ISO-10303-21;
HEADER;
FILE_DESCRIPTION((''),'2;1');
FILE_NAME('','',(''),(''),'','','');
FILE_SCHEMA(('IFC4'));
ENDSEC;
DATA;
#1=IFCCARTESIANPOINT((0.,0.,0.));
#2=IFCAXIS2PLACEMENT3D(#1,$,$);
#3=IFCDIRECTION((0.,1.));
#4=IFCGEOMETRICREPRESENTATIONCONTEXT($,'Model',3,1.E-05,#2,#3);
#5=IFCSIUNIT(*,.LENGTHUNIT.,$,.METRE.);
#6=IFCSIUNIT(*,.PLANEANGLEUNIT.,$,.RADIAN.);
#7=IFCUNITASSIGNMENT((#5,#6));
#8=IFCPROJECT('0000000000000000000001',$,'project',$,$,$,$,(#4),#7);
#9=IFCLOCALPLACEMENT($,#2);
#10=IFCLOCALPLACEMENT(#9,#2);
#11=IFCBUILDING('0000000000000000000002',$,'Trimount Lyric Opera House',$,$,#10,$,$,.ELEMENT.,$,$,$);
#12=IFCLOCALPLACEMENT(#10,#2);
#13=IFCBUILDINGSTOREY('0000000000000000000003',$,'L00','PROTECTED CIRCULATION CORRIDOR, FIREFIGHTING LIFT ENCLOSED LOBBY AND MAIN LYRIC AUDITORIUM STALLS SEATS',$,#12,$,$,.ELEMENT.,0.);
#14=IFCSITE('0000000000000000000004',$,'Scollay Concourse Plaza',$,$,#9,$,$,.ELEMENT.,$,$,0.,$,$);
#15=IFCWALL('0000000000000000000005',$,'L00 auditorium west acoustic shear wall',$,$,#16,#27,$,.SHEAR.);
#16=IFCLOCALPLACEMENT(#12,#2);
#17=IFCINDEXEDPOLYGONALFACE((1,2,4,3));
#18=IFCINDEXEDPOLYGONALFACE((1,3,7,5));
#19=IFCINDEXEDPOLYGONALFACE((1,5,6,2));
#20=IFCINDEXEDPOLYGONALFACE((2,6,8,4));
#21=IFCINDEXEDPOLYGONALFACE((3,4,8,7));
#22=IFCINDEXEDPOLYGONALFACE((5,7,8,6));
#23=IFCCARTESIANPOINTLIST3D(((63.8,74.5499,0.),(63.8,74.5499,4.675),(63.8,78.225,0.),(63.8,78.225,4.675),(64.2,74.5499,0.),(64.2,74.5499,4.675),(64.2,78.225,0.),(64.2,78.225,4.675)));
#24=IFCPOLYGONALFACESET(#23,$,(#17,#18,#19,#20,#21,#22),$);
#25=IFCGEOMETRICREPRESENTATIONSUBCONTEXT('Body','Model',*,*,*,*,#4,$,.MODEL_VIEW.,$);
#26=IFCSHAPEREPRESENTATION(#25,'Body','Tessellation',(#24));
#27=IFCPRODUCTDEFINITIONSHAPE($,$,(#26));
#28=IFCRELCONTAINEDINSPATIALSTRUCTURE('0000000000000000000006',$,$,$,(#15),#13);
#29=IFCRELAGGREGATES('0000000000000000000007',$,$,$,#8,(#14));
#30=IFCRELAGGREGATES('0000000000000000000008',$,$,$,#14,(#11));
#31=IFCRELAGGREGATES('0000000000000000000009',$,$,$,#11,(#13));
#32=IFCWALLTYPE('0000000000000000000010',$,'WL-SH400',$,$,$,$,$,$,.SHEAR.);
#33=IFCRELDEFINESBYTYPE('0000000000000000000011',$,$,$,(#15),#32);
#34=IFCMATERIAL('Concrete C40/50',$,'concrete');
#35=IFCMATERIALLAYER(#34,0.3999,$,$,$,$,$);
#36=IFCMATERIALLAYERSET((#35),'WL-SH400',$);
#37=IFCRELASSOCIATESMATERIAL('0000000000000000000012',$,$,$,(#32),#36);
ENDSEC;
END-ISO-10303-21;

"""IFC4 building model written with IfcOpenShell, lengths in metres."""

from ifc_helpers import new_model, si_unit, direction, frame, frame_2d, origin, place, context, subcontext, project, spatial, rectangle, extrude, material, layer, layer_set, type_object, element, save


model = new_model("IFC4")

# Units and contexts
model_context = context("Model", 3, precision=1e-05, world=origin(), true_north=direction((0.0, 1.0)))
body_context = subcontext(model_context, "Body", "Model", "MODEL_VIEW")
ifc_project = project(units=[si_unit("LENGTHUNIT", "METRE"), si_unit("PLANEANGLEUNIT", "RADIAN")], contexts=[model_context])

# Site, building, storey
site_placement = place(None, origin())
site = spatial("IfcSite", under=ifc_project, at=site_placement, Name="Scollay Concourse Plaza", CompositionType="ELEMENT", RefElevation=0.0)
building_placement = place(site_placement, origin())
building = spatial("IfcBuilding", under=site, at=building_placement, Name="Trimount Lyric Opera House", CompositionType="ELEMENT")
storey_placement = place(building_placement, origin())
storey = spatial("IfcBuildingStorey", under=building, at=storey_placement, Name="L00", Description="PROTECTED CIRCULATION CORRIDOR, FIREFIGHTING LIFT ENCLOSED LOBBY AND MAIN LYRIC AUDITORIUM STALLS SEATS", CompositionType="ELEMENT", Elevation=0.0)

# Wall
ifc_material_1 = material(Name="Concrete C40/50", Category="concrete")
ifc_layer_1 = layer(ifc_material_1, 0.3999)
ifc_layer_set_1 = layer_set([ifc_layer_1], Name="WL-SH400")
wall_type_1 = type_object("IfcWallType", Name="WL-SH400", PredefinedType="SHEAR", material=ifc_layer_set_1)
wall_1_placement = place(storey_placement, frame((64.0, 74.55, 0.0), z_axis=(0.0, 0.0, 1.0), x_axis=(0.0, 1.0, 0.0)))
element("IfcWall", 1, at=wall_1_placement, inside=storey, type_object=wall_type_1, Name="L00 auditorium west acoustic shear wall", PredefinedType="SHEAR", context=body_context, shape_type="SweptSolid", body=[
    extrude(rectangle(XDim=3.675, YDim=0.3999, at=frame_2d((1.8374, 0.0))), origin(), (0.0, 0.0, 1.0), 4.675),
])

save(model, "model.ifc")
